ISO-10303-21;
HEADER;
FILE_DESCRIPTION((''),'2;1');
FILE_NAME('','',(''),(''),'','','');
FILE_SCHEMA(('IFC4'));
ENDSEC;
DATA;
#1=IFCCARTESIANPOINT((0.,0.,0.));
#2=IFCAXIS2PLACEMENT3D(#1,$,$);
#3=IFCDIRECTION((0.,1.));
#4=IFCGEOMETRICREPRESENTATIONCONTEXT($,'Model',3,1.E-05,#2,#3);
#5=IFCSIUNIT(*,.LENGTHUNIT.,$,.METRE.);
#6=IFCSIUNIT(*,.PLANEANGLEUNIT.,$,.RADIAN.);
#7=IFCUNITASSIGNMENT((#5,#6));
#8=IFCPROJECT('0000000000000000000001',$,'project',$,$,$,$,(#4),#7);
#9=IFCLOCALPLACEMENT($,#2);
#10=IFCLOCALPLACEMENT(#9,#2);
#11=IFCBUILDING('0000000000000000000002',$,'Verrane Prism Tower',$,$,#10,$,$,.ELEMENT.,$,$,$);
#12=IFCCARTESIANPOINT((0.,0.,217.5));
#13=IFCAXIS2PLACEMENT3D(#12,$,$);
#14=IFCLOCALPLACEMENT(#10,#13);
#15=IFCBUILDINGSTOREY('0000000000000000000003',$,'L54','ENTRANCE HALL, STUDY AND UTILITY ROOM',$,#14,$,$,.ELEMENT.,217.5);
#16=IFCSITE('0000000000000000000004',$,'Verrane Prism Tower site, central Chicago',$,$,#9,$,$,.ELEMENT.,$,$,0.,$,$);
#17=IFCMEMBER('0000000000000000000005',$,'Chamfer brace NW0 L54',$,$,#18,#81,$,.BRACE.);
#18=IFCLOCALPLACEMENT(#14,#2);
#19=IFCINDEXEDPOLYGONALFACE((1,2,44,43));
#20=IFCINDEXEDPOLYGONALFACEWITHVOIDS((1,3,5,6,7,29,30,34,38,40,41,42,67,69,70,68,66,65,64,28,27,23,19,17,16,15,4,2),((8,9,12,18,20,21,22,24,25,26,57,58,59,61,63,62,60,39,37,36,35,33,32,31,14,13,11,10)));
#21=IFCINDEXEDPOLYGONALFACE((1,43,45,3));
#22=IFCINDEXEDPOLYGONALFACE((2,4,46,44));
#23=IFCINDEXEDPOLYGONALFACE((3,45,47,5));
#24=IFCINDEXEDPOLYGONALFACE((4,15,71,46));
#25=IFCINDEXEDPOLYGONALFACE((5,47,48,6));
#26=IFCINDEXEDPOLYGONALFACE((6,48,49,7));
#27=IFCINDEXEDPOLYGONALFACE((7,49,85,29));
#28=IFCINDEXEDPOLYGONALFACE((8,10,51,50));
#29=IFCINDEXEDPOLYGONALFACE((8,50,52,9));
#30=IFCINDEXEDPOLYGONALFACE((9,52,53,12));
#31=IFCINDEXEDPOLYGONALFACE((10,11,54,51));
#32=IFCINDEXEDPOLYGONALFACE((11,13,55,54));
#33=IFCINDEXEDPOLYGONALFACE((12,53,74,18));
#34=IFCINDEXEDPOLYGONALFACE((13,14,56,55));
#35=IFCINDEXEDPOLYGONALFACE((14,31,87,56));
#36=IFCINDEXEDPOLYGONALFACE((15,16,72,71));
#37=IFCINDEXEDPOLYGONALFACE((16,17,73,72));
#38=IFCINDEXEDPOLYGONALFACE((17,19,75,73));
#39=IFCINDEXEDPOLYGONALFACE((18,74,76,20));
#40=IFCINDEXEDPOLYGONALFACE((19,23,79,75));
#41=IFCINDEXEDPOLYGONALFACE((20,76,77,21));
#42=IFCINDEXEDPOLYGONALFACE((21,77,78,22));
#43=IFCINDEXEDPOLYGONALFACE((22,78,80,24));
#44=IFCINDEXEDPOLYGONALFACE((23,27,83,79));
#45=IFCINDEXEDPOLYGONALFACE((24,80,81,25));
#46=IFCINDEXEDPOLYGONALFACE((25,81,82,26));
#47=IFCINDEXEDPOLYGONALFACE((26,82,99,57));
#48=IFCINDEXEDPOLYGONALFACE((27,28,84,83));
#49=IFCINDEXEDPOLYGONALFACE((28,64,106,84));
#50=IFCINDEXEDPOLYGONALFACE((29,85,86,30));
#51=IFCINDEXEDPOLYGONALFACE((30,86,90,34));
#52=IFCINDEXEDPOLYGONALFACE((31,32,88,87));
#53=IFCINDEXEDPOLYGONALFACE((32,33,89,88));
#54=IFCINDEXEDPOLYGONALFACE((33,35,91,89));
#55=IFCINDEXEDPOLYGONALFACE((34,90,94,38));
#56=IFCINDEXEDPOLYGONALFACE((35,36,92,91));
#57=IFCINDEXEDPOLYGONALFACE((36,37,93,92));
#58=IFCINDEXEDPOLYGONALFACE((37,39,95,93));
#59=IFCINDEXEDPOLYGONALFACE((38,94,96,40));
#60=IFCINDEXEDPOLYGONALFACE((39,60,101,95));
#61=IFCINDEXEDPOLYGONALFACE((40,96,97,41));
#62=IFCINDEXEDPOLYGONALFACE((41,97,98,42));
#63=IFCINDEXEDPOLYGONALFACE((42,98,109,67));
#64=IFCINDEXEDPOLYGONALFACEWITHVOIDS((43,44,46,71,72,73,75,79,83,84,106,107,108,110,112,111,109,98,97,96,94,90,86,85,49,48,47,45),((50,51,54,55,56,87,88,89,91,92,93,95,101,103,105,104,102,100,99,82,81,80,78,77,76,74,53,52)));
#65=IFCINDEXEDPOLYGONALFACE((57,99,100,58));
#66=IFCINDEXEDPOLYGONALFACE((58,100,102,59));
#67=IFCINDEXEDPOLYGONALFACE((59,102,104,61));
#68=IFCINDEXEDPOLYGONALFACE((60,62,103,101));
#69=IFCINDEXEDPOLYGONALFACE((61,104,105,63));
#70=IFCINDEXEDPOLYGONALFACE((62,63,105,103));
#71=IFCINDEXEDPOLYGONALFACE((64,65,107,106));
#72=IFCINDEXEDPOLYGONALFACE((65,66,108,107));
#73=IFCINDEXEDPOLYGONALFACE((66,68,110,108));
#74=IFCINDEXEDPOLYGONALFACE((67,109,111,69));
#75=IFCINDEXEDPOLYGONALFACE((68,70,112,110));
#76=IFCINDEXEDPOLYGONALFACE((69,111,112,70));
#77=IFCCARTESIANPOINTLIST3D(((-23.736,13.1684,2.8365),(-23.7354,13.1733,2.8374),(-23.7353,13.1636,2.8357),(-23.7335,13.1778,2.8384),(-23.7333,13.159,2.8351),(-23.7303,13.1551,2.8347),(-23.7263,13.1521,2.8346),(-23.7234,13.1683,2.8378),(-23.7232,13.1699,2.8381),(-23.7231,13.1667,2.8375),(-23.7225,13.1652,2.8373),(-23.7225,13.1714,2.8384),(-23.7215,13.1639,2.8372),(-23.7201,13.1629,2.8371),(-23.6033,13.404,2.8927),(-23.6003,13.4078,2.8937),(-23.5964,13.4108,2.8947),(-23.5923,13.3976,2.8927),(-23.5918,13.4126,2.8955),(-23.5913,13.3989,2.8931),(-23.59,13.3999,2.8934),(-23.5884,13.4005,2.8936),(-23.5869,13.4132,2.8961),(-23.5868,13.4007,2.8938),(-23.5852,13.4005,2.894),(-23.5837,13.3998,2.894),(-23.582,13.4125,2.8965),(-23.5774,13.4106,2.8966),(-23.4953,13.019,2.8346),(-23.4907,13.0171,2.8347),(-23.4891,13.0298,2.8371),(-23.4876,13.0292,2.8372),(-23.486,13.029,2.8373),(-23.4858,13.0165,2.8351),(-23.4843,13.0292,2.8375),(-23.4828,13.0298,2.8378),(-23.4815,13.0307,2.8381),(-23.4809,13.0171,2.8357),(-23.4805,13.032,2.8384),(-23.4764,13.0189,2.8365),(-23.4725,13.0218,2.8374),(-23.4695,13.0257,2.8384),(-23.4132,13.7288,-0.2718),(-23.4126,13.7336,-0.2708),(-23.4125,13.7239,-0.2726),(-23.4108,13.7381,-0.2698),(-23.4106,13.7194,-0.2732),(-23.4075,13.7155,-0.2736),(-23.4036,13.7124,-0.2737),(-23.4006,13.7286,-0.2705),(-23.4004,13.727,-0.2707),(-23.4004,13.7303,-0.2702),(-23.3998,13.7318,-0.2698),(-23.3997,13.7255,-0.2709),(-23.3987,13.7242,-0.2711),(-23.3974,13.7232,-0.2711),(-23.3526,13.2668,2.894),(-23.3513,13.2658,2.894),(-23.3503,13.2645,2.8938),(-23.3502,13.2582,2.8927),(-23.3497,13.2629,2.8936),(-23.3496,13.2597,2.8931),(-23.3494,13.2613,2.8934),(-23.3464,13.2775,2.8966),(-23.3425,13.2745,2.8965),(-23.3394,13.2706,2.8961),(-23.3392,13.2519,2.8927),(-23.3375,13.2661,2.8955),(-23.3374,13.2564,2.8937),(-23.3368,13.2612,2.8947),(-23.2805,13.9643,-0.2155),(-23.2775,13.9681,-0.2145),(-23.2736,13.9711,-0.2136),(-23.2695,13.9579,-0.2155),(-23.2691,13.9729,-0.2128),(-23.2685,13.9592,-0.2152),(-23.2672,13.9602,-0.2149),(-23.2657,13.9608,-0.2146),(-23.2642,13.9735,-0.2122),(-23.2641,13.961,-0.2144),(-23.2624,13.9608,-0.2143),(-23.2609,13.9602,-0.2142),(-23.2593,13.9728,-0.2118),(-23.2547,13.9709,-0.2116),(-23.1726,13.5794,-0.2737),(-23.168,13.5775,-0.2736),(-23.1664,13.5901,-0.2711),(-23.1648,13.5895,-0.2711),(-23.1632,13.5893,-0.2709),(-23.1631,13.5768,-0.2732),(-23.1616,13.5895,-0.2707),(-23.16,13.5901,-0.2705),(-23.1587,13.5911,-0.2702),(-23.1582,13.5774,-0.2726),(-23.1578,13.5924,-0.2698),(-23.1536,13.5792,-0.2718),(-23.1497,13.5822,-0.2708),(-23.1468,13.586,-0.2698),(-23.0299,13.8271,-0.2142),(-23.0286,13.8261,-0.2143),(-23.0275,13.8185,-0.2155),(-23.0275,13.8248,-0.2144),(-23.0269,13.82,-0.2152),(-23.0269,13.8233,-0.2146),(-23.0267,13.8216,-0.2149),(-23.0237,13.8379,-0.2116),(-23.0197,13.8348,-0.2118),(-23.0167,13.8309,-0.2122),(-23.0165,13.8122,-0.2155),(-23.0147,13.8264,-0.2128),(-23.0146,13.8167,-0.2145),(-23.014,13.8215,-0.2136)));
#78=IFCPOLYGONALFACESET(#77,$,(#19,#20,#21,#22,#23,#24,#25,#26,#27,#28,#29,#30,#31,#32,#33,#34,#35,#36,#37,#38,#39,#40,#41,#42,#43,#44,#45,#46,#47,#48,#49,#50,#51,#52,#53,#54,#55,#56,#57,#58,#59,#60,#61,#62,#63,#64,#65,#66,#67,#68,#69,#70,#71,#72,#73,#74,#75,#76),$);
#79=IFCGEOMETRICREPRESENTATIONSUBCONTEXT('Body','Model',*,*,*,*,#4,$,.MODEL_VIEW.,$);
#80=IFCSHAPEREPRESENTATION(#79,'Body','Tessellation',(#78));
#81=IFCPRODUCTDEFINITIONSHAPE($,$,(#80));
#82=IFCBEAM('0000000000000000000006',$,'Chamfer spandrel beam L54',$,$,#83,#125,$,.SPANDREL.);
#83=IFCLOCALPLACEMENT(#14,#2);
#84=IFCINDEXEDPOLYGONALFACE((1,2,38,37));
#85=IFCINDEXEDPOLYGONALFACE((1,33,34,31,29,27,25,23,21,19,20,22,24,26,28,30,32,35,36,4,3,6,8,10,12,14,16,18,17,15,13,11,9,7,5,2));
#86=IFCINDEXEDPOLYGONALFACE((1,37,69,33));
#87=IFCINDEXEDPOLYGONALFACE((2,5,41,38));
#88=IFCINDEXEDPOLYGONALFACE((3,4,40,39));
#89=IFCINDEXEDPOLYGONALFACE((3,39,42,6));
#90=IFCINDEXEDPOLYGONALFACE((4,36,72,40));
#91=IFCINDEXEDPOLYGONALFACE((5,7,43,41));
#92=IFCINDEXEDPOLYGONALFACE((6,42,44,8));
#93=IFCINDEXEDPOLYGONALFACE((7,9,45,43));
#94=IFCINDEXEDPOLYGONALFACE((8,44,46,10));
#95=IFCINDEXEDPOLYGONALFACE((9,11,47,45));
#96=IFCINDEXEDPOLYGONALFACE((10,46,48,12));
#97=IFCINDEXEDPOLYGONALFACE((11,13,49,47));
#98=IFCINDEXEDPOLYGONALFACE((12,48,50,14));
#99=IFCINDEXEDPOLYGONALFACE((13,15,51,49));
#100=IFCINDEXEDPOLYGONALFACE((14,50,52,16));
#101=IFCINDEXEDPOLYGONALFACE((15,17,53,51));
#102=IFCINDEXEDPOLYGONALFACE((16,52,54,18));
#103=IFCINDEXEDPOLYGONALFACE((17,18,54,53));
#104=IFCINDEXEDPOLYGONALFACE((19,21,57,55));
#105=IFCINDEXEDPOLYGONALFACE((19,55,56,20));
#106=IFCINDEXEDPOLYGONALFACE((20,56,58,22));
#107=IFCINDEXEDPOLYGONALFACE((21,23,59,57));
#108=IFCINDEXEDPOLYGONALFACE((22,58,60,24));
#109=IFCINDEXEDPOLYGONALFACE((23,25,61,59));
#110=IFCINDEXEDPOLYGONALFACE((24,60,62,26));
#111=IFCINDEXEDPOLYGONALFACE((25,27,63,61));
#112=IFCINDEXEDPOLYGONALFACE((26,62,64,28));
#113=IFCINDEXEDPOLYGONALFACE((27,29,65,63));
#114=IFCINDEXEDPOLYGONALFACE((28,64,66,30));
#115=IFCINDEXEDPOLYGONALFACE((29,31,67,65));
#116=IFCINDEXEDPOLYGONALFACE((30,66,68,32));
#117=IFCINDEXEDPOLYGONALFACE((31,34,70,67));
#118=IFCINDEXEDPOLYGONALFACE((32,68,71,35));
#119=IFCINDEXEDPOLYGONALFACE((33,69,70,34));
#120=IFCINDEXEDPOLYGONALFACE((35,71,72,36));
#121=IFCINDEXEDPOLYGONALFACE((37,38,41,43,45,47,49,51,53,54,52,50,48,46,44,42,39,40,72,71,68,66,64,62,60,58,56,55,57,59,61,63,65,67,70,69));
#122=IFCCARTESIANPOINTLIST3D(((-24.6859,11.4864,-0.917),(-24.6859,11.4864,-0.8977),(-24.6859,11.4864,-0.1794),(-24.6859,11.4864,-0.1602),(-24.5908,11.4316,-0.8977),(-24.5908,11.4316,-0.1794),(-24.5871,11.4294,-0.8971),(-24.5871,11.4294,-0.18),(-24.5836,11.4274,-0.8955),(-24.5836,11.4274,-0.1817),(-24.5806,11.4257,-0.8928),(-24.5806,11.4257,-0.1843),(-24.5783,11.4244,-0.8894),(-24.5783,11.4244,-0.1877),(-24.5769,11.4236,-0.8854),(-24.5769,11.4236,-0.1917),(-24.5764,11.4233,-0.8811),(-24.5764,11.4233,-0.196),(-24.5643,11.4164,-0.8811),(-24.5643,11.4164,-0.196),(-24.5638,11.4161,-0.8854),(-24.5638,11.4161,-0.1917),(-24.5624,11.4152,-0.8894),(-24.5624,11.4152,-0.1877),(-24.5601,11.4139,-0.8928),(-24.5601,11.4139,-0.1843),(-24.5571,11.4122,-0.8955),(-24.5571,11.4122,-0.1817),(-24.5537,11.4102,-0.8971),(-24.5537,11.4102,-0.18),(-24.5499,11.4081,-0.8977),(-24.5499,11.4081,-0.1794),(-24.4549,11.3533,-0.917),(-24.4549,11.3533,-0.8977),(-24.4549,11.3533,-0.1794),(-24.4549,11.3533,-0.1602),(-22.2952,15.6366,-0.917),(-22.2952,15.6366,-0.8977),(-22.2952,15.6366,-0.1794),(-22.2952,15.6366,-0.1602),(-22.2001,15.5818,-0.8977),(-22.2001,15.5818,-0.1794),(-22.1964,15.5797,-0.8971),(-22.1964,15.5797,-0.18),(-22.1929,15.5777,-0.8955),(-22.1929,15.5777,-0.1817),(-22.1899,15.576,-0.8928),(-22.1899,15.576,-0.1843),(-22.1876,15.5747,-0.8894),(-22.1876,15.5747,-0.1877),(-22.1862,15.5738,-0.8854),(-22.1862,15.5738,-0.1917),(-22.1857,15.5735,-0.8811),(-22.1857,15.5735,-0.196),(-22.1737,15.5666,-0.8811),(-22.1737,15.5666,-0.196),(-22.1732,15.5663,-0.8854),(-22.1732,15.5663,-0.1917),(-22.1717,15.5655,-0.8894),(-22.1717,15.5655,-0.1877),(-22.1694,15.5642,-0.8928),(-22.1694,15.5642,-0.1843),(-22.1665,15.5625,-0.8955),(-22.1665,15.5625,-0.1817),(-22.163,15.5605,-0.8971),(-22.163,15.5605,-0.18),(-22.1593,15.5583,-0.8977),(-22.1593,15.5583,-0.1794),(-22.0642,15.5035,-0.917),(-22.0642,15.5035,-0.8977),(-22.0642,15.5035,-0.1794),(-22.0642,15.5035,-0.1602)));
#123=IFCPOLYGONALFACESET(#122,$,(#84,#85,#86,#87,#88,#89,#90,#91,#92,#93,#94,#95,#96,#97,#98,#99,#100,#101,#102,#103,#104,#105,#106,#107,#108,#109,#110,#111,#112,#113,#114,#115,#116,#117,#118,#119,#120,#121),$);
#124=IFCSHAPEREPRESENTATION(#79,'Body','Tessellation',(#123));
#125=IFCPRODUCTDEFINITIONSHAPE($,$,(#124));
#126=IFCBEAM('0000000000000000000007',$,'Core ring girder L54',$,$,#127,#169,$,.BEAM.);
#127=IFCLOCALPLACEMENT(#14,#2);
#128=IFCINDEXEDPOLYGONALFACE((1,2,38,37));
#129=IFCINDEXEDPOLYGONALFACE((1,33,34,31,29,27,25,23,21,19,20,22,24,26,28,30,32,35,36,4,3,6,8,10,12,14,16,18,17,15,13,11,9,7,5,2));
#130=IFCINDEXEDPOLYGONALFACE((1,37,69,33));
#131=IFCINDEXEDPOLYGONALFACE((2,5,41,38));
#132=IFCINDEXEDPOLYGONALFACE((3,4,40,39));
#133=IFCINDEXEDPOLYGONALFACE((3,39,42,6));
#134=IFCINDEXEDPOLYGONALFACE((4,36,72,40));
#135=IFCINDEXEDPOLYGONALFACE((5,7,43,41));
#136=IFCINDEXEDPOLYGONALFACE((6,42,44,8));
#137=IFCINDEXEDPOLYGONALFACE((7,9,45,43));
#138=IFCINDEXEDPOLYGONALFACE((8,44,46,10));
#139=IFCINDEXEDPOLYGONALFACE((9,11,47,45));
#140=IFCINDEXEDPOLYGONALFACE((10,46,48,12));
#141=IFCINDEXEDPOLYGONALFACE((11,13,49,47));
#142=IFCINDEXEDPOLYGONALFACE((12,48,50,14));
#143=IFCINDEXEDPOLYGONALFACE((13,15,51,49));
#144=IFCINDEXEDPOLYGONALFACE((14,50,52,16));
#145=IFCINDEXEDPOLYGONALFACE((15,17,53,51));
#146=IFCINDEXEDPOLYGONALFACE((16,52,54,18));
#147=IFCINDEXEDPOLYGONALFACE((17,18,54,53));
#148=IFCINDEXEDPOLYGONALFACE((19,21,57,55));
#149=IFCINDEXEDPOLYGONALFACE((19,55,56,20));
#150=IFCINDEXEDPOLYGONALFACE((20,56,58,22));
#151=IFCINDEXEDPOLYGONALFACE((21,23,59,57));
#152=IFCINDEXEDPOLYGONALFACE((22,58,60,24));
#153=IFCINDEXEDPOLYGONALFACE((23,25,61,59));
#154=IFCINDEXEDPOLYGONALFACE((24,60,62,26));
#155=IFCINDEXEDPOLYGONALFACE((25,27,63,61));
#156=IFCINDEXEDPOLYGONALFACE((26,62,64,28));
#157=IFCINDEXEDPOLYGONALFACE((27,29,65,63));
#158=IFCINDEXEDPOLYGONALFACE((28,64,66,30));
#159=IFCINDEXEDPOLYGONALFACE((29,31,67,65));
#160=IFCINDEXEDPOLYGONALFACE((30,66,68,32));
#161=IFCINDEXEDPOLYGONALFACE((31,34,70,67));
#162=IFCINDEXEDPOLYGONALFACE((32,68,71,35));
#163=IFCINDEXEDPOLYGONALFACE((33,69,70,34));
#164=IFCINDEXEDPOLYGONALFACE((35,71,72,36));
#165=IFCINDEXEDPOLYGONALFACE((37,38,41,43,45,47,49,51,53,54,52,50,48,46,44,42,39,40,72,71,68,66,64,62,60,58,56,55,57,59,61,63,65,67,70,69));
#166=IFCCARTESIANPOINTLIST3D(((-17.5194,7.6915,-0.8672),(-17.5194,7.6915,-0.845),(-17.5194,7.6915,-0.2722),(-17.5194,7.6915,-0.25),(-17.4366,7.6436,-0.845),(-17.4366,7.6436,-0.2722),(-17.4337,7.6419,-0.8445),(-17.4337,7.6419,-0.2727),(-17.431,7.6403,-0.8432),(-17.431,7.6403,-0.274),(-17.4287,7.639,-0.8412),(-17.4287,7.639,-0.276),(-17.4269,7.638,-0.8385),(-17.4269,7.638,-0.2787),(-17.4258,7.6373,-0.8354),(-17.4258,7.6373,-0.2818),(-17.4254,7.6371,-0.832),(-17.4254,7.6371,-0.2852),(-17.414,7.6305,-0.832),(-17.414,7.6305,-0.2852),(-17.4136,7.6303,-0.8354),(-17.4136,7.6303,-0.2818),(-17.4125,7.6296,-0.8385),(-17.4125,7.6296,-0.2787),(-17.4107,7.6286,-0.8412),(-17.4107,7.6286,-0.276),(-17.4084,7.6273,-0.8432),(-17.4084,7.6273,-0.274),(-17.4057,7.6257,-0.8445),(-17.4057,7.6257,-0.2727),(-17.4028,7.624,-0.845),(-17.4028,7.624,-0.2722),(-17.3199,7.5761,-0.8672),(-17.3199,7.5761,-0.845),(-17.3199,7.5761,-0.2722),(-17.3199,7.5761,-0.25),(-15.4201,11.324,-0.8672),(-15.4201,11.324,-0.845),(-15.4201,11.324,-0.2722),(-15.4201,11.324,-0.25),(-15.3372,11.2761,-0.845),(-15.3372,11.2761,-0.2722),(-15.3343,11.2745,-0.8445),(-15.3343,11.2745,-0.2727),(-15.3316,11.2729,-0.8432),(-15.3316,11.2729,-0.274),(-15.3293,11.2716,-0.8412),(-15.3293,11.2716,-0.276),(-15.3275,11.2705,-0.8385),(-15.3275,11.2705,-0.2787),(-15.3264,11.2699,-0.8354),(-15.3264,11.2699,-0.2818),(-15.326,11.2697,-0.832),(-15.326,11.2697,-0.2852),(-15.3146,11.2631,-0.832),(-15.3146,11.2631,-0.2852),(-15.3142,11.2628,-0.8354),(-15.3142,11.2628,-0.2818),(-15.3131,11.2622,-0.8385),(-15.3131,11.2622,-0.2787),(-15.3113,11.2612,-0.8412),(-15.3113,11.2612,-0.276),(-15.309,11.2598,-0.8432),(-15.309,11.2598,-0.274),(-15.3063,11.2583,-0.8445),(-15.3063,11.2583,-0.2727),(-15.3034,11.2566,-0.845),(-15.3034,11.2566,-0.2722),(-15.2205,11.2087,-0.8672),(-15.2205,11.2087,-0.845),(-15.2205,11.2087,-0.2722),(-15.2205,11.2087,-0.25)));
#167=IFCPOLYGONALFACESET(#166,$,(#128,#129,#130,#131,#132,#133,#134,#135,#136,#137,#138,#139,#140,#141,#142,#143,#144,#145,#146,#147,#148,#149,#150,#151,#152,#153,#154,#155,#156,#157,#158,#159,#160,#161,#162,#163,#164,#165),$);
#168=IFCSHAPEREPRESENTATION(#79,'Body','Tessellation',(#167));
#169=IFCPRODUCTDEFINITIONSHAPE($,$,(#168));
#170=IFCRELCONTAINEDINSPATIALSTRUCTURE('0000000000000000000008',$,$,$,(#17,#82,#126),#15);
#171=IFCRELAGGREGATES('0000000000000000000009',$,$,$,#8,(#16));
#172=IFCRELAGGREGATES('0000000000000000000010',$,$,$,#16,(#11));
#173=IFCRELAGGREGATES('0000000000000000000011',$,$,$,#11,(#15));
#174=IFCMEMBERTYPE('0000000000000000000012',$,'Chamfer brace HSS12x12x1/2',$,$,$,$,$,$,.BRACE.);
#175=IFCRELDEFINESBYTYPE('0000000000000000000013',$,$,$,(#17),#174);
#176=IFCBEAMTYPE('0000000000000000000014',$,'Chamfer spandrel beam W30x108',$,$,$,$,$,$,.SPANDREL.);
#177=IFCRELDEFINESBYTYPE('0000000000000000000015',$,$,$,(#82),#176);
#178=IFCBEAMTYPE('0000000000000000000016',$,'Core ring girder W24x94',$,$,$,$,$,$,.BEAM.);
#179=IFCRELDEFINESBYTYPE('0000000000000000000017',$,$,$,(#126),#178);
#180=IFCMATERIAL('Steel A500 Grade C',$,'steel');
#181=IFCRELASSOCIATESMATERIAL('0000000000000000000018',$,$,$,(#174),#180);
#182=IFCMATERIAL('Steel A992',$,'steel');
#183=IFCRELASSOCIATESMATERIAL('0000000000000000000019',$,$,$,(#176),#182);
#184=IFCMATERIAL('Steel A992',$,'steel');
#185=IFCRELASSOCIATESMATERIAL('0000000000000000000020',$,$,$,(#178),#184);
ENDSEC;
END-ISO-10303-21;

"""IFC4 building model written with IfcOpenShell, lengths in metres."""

from ifc_helpers import new_model, si_unit, direction, frame, origin, origin_2d, place, context, subcontext, project, spatial, hollow_rectangle, i_section, extrude, material, material_profile, profile_set, type_object, element, save


model = new_model("IFC4")

# Units and contexts
model_context = context("Model", 3, precision=1e-05, world=origin(), true_north=direction((0.0, 1.0)))
body_context = subcontext(model_context, "Body", "Model", "MODEL_VIEW")
ifc_project = project(units=[si_unit("LENGTHUNIT", "METRE"), si_unit("PLANEANGLEUNIT", "RADIAN")], contexts=[model_context])

# Site, building, storey
site_placement = place(None, origin())
site = spatial("IfcSite", under=ifc_project, at=site_placement, Name="Verrane Prism Tower site, central Chicago", CompositionType="ELEMENT", RefElevation=0.0)
building_placement = place(site_placement, origin())
building = spatial("IfcBuilding", under=site, at=building_placement, Name="Verrane Prism Tower", CompositionType="ELEMENT")
storey_placement = place(building_placement, frame((0.0, 0.0, 217.5)))
storey = spatial("IfcBuildingStorey", under=building, at=storey_placement, Name="L54", Description="ENTRANCE HALL, STUDY AND UTILITY ROOM", CompositionType="ELEMENT", Elevation=217.5)

# Member
ifc_material_1 = material(Name="Steel A500 Grade C", Category="steel")
ifc_material_profile_1 = material_profile(ifc_material_1, hollow_rectangle(XDim=0.3047, YDim=0.3047, WallThickness=0.0127, InnerFilletRadius=0.0063, OuterFilletRadius=0.019, at=origin_2d()), Name="HSS12x12x1/2")
ifc_profile_set_1 = profile_set([ifc_material_profile_1], Name="Steel A500 Grade C")
member_type_1 = type_object("IfcMemberType", Name="Chamfer brace HSS12x12x1/2", PredefinedType="BRACE", material=ifc_profile_set_1)
member_1_placement = place(storey_placement, frame((-23.2136, 13.7751, -0.2427), z_axis=(-0.101664, -0.17649, 0.979038), x_axis=(0.866519, -0.499145, 0.0)))
element("IfcMember", 1, at=member_1_placement, inside=storey, type_object=member_type_1, Name="Chamfer brace NW0 L54", PredefinedType="BRACE", context=body_context, shape_type="SweptSolid", body=[
    extrude(hollow_rectangle(XDim=0.3047, YDim=0.3047, WallThickness=0.0127, InnerFilletRadius=0.0063, OuterFilletRadius=0.019, at=origin_2d()), origin(), (0.0, 0.0, 1.0), 3.1748),
])

# Beams
ifc_material_2 = material(Name="Steel A992", Category="steel")
ifc_material_profile_2 = material_profile(ifc_material_2, i_section(OverallWidth=0.2666, OverallDepth=0.7568, WebThickness=0.0139, FlangeThickness=0.0193, FilletRadius=0.0166, at=origin_2d()), Name="W30x108")
ifc_profile_set_2 = profile_set([ifc_material_profile_2], Name="Steel A992")
beam_type_1 = type_object("IfcBeamType", Name="Chamfer spandrel beam W30x108", PredefinedType="SPANDREL", material=ifc_profile_set_2)
beam_1_placement = place(storey_placement, frame((-22.1797, 15.5701, -0.5386), z_axis=(-0.499144, -0.866519, 0.0), x_axis=(0.866519, -0.499144, 0.0)))
element("IfcBeam", 2, at=beam_1_placement, inside=storey, type_object=beam_type_1, Name="Chamfer spandrel beam L54", PredefinedType="SPANDREL", context=body_context, shape_type="SweptSolid", body=[
    extrude(i_section(OverallWidth=0.2666, OverallDepth=0.7568, WebThickness=0.0139, FlangeThickness=0.0193, FilletRadius=0.0166, at=origin_2d()), origin(), (0.0, 0.0, 1.0), 4.7896),
])
ifc_material_3 = material(Name="Steel A992", Category="steel")
ifc_material_profile_3 = material_profile(ifc_material_3, i_section(OverallWidth=0.2305, OverallDepth=0.6172, WebThickness=0.0132, FlangeThickness=0.0222, FilletRadius=0.0129, at=origin_2d()), Name="W24x94")
ifc_profile_set_3 = profile_set([ifc_material_profile_3], Name="Steel A992")
beam_type_2 = type_object("IfcBeamType", Name="Core ring girder W24x94", PredefinedType="BEAM", material=ifc_profile_set_3)
beam_2_placement = place(storey_placement, frame((-15.3203, 11.2664, -0.5586), z_axis=(-0.500376, -0.865808, 0.0), x_axis=(0.865808, -0.500376, 0.0)))
element("IfcBeam", 3, at=beam_2_placement, inside=storey, type_object=beam_type_2, Name="Core ring girder L54", PredefinedType="BEAM", context=body_context, shape_type="SweptSolid", body=[
    extrude(i_section(OverallWidth=0.2305, OverallDepth=0.6172, WebThickness=0.0132, FlangeThickness=0.0222, FilletRadius=0.0129, at=origin_2d()), origin(), (0.0, 0.0, 1.0), 4.1956),
])

save(model, "model.ifc")
